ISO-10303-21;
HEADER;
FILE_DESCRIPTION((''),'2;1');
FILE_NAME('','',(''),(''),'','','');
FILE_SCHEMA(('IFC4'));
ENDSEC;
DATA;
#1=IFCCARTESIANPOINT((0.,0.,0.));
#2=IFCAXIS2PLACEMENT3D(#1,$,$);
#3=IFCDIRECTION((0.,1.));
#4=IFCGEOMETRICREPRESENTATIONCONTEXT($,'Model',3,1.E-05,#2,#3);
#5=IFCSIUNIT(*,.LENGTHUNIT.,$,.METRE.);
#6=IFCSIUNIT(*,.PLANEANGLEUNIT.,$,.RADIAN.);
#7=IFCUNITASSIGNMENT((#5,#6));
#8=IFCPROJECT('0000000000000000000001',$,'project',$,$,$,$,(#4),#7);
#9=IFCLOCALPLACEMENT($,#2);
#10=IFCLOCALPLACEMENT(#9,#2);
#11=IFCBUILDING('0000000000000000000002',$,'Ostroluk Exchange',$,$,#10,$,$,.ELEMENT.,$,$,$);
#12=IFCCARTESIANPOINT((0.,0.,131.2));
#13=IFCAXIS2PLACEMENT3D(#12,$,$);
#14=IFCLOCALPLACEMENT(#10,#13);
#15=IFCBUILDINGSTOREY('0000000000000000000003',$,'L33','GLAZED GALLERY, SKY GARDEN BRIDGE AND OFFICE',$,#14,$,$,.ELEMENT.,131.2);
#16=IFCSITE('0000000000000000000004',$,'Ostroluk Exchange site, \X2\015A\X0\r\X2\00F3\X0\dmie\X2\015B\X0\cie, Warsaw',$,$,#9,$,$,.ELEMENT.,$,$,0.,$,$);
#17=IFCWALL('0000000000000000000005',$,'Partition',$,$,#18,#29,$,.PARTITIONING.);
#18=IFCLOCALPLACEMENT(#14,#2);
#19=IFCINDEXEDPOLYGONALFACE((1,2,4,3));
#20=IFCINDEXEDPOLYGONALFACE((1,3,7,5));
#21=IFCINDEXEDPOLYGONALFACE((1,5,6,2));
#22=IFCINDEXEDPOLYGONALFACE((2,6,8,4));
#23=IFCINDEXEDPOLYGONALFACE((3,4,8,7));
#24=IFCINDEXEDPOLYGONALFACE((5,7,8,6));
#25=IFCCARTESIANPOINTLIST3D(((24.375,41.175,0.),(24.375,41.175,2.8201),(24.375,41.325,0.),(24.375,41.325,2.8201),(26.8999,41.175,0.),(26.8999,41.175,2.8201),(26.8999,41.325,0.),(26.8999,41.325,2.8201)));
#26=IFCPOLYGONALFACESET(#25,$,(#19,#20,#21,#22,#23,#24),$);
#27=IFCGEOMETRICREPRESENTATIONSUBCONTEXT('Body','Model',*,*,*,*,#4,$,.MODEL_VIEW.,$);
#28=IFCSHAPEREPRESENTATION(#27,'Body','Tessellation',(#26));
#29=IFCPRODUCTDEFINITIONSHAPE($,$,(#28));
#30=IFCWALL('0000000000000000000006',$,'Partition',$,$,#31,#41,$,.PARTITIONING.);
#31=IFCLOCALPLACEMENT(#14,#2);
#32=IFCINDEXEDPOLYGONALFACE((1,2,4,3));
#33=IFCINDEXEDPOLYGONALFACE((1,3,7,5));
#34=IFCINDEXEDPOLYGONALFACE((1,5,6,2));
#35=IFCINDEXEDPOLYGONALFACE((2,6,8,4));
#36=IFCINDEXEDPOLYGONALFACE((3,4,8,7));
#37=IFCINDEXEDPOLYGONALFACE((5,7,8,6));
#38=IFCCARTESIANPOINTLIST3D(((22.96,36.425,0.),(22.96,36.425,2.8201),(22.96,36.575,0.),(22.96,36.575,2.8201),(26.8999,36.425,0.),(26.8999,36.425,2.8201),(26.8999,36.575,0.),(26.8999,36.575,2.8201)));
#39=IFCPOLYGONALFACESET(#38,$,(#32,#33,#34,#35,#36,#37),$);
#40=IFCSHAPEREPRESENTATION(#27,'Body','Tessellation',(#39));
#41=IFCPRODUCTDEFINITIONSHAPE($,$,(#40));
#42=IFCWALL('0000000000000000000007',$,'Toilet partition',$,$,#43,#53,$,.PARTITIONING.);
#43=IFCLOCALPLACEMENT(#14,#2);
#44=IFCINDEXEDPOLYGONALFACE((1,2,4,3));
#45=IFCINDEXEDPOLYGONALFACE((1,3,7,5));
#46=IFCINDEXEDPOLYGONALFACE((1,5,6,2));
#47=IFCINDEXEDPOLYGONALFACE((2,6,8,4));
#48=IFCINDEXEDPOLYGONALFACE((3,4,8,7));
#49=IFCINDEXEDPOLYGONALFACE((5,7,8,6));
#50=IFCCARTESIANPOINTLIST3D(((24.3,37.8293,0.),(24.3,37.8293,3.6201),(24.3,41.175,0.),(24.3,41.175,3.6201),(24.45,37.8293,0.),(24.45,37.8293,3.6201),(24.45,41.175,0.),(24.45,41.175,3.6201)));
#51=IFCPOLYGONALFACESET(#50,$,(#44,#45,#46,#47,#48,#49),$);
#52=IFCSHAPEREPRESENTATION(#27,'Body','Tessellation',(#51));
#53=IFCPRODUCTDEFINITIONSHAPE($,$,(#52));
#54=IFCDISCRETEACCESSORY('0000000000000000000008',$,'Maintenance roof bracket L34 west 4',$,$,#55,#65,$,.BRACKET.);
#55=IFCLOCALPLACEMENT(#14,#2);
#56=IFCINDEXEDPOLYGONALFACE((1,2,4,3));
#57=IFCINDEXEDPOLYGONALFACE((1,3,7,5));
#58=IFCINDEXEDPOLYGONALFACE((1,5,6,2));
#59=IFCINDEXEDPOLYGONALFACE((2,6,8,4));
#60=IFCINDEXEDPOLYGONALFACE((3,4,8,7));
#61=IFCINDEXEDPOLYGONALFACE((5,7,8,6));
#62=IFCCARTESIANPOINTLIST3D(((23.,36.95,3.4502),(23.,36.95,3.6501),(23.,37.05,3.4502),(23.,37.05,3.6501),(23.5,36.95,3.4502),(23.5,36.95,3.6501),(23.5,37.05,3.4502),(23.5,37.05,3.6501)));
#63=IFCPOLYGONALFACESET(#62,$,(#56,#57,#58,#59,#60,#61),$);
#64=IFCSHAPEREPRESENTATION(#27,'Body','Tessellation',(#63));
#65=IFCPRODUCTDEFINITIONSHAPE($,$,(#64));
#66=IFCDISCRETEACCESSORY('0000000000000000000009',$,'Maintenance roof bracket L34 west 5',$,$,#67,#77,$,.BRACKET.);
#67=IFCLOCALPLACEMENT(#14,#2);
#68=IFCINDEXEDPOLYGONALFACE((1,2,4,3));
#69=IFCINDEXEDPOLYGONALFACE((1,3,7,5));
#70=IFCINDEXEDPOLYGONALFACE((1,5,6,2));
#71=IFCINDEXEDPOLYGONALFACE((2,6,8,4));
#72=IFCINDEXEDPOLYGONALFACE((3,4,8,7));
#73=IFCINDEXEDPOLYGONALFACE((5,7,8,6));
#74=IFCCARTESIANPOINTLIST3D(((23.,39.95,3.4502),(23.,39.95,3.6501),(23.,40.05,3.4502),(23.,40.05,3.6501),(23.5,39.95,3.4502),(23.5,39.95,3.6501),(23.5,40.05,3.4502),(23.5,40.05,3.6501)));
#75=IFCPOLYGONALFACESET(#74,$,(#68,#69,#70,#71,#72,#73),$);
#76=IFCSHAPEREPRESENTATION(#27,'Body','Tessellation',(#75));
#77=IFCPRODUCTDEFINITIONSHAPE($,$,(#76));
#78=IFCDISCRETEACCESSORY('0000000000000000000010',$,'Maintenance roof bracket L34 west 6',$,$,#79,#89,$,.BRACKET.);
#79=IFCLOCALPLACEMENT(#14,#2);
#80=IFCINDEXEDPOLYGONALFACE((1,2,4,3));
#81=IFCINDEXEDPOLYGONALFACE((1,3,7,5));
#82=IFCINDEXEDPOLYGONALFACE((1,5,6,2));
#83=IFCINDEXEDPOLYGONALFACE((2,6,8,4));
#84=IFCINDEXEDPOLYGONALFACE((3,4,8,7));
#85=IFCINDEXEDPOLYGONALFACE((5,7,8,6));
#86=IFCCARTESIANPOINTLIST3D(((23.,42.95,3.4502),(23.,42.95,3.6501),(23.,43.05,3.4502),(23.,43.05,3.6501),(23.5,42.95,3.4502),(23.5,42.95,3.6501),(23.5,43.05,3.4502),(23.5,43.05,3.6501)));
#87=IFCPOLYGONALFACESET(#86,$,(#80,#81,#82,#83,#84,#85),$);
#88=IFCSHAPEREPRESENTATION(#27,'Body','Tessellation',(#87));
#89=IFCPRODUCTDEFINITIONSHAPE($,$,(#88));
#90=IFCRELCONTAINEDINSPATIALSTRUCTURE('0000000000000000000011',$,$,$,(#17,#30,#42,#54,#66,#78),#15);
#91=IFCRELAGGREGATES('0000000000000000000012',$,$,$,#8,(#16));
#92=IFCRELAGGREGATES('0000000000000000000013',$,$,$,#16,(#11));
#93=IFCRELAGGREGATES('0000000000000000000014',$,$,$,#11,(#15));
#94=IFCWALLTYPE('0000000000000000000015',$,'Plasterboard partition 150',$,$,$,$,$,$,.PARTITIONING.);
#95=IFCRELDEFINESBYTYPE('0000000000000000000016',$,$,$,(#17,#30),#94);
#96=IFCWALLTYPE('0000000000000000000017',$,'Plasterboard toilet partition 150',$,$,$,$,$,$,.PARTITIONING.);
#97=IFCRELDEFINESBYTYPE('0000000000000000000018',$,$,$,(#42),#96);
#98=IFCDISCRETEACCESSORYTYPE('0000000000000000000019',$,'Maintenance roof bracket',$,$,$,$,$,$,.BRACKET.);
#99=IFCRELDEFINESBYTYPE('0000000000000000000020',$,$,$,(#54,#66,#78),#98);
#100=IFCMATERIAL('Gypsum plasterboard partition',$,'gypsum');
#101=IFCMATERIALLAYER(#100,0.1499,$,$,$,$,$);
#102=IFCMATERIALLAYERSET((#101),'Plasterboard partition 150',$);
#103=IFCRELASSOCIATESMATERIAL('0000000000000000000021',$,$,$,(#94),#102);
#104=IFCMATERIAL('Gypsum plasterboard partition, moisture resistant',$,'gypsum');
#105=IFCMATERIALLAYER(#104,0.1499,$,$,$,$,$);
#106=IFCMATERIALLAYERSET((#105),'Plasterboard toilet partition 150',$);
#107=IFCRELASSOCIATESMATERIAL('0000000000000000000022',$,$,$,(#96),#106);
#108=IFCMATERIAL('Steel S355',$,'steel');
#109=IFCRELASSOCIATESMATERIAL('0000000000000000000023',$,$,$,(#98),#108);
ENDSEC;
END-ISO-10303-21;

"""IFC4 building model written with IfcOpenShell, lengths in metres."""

from ifc_helpers import new_model, si_unit, direction, frame, frame_2d, origin, origin_2d, place, context, subcontext, project, spatial, rectangle, extrude, material, layer, layer_set, type_object, element, save


model = new_model("IFC4")

# Units and contexts
model_context = context("Model", 3, precision=1e-05, world=origin(), true_north=direction((0.0, 1.0)))
body_context = subcontext(model_context, "Body", "Model", "MODEL_VIEW")
ifc_project = project(units=[si_unit("LENGTHUNIT", "METRE"), si_unit("PLANEANGLEUNIT", "RADIAN")], contexts=[model_context])

# Site, building, storey
site_placement = place(None, origin())
site = spatial("IfcSite", under=ifc_project, at=site_placement, Name="Ostroluk Exchange site, Śródmieście, Warsaw", CompositionType="ELEMENT", RefElevation=0.0)
building_placement = place(site_placement, origin())
building = spatial("IfcBuilding", under=site, at=building_placement, Name="Ostroluk Exchange", CompositionType="ELEMENT")
storey_placement = place(building_placement, frame((0.0, 0.0, 131.2)))
storey = spatial("IfcBuildingStorey", under=building, at=storey_placement, Name="L33", Description="GLAZED GALLERY, SKY GARDEN BRIDGE AND OFFICE", CompositionType="ELEMENT", Elevation=131.2)

# Walls
ifc_material_1 = material(Name="Gypsum plasterboard partition", Category="gypsum")
ifc_layer_1 = layer(ifc_material_1, 0.1499)
ifc_layer_set_1 = layer_set([ifc_layer_1], Name="Plasterboard partition 150")
wall_type_1 = type_object("IfcWallType", Name="Plasterboard partition 150", PredefinedType="PARTITIONING", material=ifc_layer_set_1)
wall_1_placement = place(storey_placement, frame((26.8999, 41.25, 0.0), z_axis=(0.0, 0.0, 1.0), x_axis=(-1.0, 0.0, 0.0)))
element("IfcWall", 1, at=wall_1_placement, inside=storey, type_object=wall_type_1, Name="Partition", PredefinedType="PARTITIONING", context=body_context, shape_type="SweptSolid", body=[
    extrude(rectangle(XDim=2.5249, YDim=0.1499, at=frame_2d((1.2625, 0.0))), origin(), (0.0, 0.0, 1.0), 2.8201),
])
wall_2_placement = place(storey_placement, frame((26.8999, 36.5, 0.0), z_axis=(0.0, 0.0, 1.0), x_axis=(-1.0, 0.0, 0.0)))
element("IfcWall", 2, at=wall_2_placement, inside=storey, type_object=wall_type_1, Name="Partition", PredefinedType="PARTITIONING", context=body_context, shape_type="SweptSolid", body=[
    extrude(rectangle(XDim=3.9399, YDim=0.1499, at=frame_2d((1.97, 0.0))), origin(), (0.0, 0.0, 1.0), 2.8201),
])
ifc_material_2 = material(Name="Gypsum plasterboard partition, moisture resistant", Category="gypsum")
ifc_layer_2 = layer(ifc_material_2, 0.1499)
ifc_layer_set_2 = layer_set([ifc_layer_2], Name="Plasterboard toilet partition 150")
wall_type_2 = type_object("IfcWallType", Name="Plasterboard toilet partition 150", PredefinedType="PARTITIONING", material=ifc_layer_set_2)
wall_3_placement = place(storey_placement, frame((24.375, 41.175, 0.0), z_axis=(0.0, 0.0, 1.0), x_axis=(0.0, -1.0, 0.0)))
element("IfcWall", 3, at=wall_3_placement, inside=storey, type_object=wall_type_2, Name="Toilet partition", PredefinedType="PARTITIONING", context=body_context, shape_type="SweptSolid", body=[
    extrude(rectangle(XDim=3.3457, YDim=0.1499, at=frame_2d((1.6729, 0.0))), origin(), (0.0, 0.0, 1.0), 3.6201),
])

# Discrete accessories
ifc_material_3 = material(Name="Steel S355", Category="steel")
discrete_accessory_type = type_object("IfcDiscreteAccessoryType", Name="Maintenance roof bracket", PredefinedType="BRACKET", material=ifc_material_3)
for number, where, z_axis, x_axis, name in (
    (4, (23.25, 37.0, 3.4502), (0.0, 0.0, 1.0), (1.0, 0.0, 0.0), "Maintenance roof bracket L34 west 4"),
    (5, (23.25, 40.0, 3.4502), (0.0, 0.0, 1.0), (1.0, 0.0, 0.0), "Maintenance roof bracket L34 west 5"),
    (6, (23.25, 43.0, 3.4502), (0.0, 0.0, 1.0), (1.0, 0.0, 0.0), "Maintenance roof bracket L34 west 6"),
):
    element("IfcDiscreteAccessory", number, at=place(storey_placement, frame(where, z_axis=z_axis, x_axis=x_axis)), inside=storey, type_object=discrete_accessory_type, Name=name, PredefinedType="BRACKET", context=body_context, shape_type="SweptSolid", body=[
        extrude(rectangle(XDim=0.5, YDim=0.1001, at=origin_2d()), origin(), (0.0, 0.0, 1.0), 0.2),
    ])

save(model, "model.ifc")
